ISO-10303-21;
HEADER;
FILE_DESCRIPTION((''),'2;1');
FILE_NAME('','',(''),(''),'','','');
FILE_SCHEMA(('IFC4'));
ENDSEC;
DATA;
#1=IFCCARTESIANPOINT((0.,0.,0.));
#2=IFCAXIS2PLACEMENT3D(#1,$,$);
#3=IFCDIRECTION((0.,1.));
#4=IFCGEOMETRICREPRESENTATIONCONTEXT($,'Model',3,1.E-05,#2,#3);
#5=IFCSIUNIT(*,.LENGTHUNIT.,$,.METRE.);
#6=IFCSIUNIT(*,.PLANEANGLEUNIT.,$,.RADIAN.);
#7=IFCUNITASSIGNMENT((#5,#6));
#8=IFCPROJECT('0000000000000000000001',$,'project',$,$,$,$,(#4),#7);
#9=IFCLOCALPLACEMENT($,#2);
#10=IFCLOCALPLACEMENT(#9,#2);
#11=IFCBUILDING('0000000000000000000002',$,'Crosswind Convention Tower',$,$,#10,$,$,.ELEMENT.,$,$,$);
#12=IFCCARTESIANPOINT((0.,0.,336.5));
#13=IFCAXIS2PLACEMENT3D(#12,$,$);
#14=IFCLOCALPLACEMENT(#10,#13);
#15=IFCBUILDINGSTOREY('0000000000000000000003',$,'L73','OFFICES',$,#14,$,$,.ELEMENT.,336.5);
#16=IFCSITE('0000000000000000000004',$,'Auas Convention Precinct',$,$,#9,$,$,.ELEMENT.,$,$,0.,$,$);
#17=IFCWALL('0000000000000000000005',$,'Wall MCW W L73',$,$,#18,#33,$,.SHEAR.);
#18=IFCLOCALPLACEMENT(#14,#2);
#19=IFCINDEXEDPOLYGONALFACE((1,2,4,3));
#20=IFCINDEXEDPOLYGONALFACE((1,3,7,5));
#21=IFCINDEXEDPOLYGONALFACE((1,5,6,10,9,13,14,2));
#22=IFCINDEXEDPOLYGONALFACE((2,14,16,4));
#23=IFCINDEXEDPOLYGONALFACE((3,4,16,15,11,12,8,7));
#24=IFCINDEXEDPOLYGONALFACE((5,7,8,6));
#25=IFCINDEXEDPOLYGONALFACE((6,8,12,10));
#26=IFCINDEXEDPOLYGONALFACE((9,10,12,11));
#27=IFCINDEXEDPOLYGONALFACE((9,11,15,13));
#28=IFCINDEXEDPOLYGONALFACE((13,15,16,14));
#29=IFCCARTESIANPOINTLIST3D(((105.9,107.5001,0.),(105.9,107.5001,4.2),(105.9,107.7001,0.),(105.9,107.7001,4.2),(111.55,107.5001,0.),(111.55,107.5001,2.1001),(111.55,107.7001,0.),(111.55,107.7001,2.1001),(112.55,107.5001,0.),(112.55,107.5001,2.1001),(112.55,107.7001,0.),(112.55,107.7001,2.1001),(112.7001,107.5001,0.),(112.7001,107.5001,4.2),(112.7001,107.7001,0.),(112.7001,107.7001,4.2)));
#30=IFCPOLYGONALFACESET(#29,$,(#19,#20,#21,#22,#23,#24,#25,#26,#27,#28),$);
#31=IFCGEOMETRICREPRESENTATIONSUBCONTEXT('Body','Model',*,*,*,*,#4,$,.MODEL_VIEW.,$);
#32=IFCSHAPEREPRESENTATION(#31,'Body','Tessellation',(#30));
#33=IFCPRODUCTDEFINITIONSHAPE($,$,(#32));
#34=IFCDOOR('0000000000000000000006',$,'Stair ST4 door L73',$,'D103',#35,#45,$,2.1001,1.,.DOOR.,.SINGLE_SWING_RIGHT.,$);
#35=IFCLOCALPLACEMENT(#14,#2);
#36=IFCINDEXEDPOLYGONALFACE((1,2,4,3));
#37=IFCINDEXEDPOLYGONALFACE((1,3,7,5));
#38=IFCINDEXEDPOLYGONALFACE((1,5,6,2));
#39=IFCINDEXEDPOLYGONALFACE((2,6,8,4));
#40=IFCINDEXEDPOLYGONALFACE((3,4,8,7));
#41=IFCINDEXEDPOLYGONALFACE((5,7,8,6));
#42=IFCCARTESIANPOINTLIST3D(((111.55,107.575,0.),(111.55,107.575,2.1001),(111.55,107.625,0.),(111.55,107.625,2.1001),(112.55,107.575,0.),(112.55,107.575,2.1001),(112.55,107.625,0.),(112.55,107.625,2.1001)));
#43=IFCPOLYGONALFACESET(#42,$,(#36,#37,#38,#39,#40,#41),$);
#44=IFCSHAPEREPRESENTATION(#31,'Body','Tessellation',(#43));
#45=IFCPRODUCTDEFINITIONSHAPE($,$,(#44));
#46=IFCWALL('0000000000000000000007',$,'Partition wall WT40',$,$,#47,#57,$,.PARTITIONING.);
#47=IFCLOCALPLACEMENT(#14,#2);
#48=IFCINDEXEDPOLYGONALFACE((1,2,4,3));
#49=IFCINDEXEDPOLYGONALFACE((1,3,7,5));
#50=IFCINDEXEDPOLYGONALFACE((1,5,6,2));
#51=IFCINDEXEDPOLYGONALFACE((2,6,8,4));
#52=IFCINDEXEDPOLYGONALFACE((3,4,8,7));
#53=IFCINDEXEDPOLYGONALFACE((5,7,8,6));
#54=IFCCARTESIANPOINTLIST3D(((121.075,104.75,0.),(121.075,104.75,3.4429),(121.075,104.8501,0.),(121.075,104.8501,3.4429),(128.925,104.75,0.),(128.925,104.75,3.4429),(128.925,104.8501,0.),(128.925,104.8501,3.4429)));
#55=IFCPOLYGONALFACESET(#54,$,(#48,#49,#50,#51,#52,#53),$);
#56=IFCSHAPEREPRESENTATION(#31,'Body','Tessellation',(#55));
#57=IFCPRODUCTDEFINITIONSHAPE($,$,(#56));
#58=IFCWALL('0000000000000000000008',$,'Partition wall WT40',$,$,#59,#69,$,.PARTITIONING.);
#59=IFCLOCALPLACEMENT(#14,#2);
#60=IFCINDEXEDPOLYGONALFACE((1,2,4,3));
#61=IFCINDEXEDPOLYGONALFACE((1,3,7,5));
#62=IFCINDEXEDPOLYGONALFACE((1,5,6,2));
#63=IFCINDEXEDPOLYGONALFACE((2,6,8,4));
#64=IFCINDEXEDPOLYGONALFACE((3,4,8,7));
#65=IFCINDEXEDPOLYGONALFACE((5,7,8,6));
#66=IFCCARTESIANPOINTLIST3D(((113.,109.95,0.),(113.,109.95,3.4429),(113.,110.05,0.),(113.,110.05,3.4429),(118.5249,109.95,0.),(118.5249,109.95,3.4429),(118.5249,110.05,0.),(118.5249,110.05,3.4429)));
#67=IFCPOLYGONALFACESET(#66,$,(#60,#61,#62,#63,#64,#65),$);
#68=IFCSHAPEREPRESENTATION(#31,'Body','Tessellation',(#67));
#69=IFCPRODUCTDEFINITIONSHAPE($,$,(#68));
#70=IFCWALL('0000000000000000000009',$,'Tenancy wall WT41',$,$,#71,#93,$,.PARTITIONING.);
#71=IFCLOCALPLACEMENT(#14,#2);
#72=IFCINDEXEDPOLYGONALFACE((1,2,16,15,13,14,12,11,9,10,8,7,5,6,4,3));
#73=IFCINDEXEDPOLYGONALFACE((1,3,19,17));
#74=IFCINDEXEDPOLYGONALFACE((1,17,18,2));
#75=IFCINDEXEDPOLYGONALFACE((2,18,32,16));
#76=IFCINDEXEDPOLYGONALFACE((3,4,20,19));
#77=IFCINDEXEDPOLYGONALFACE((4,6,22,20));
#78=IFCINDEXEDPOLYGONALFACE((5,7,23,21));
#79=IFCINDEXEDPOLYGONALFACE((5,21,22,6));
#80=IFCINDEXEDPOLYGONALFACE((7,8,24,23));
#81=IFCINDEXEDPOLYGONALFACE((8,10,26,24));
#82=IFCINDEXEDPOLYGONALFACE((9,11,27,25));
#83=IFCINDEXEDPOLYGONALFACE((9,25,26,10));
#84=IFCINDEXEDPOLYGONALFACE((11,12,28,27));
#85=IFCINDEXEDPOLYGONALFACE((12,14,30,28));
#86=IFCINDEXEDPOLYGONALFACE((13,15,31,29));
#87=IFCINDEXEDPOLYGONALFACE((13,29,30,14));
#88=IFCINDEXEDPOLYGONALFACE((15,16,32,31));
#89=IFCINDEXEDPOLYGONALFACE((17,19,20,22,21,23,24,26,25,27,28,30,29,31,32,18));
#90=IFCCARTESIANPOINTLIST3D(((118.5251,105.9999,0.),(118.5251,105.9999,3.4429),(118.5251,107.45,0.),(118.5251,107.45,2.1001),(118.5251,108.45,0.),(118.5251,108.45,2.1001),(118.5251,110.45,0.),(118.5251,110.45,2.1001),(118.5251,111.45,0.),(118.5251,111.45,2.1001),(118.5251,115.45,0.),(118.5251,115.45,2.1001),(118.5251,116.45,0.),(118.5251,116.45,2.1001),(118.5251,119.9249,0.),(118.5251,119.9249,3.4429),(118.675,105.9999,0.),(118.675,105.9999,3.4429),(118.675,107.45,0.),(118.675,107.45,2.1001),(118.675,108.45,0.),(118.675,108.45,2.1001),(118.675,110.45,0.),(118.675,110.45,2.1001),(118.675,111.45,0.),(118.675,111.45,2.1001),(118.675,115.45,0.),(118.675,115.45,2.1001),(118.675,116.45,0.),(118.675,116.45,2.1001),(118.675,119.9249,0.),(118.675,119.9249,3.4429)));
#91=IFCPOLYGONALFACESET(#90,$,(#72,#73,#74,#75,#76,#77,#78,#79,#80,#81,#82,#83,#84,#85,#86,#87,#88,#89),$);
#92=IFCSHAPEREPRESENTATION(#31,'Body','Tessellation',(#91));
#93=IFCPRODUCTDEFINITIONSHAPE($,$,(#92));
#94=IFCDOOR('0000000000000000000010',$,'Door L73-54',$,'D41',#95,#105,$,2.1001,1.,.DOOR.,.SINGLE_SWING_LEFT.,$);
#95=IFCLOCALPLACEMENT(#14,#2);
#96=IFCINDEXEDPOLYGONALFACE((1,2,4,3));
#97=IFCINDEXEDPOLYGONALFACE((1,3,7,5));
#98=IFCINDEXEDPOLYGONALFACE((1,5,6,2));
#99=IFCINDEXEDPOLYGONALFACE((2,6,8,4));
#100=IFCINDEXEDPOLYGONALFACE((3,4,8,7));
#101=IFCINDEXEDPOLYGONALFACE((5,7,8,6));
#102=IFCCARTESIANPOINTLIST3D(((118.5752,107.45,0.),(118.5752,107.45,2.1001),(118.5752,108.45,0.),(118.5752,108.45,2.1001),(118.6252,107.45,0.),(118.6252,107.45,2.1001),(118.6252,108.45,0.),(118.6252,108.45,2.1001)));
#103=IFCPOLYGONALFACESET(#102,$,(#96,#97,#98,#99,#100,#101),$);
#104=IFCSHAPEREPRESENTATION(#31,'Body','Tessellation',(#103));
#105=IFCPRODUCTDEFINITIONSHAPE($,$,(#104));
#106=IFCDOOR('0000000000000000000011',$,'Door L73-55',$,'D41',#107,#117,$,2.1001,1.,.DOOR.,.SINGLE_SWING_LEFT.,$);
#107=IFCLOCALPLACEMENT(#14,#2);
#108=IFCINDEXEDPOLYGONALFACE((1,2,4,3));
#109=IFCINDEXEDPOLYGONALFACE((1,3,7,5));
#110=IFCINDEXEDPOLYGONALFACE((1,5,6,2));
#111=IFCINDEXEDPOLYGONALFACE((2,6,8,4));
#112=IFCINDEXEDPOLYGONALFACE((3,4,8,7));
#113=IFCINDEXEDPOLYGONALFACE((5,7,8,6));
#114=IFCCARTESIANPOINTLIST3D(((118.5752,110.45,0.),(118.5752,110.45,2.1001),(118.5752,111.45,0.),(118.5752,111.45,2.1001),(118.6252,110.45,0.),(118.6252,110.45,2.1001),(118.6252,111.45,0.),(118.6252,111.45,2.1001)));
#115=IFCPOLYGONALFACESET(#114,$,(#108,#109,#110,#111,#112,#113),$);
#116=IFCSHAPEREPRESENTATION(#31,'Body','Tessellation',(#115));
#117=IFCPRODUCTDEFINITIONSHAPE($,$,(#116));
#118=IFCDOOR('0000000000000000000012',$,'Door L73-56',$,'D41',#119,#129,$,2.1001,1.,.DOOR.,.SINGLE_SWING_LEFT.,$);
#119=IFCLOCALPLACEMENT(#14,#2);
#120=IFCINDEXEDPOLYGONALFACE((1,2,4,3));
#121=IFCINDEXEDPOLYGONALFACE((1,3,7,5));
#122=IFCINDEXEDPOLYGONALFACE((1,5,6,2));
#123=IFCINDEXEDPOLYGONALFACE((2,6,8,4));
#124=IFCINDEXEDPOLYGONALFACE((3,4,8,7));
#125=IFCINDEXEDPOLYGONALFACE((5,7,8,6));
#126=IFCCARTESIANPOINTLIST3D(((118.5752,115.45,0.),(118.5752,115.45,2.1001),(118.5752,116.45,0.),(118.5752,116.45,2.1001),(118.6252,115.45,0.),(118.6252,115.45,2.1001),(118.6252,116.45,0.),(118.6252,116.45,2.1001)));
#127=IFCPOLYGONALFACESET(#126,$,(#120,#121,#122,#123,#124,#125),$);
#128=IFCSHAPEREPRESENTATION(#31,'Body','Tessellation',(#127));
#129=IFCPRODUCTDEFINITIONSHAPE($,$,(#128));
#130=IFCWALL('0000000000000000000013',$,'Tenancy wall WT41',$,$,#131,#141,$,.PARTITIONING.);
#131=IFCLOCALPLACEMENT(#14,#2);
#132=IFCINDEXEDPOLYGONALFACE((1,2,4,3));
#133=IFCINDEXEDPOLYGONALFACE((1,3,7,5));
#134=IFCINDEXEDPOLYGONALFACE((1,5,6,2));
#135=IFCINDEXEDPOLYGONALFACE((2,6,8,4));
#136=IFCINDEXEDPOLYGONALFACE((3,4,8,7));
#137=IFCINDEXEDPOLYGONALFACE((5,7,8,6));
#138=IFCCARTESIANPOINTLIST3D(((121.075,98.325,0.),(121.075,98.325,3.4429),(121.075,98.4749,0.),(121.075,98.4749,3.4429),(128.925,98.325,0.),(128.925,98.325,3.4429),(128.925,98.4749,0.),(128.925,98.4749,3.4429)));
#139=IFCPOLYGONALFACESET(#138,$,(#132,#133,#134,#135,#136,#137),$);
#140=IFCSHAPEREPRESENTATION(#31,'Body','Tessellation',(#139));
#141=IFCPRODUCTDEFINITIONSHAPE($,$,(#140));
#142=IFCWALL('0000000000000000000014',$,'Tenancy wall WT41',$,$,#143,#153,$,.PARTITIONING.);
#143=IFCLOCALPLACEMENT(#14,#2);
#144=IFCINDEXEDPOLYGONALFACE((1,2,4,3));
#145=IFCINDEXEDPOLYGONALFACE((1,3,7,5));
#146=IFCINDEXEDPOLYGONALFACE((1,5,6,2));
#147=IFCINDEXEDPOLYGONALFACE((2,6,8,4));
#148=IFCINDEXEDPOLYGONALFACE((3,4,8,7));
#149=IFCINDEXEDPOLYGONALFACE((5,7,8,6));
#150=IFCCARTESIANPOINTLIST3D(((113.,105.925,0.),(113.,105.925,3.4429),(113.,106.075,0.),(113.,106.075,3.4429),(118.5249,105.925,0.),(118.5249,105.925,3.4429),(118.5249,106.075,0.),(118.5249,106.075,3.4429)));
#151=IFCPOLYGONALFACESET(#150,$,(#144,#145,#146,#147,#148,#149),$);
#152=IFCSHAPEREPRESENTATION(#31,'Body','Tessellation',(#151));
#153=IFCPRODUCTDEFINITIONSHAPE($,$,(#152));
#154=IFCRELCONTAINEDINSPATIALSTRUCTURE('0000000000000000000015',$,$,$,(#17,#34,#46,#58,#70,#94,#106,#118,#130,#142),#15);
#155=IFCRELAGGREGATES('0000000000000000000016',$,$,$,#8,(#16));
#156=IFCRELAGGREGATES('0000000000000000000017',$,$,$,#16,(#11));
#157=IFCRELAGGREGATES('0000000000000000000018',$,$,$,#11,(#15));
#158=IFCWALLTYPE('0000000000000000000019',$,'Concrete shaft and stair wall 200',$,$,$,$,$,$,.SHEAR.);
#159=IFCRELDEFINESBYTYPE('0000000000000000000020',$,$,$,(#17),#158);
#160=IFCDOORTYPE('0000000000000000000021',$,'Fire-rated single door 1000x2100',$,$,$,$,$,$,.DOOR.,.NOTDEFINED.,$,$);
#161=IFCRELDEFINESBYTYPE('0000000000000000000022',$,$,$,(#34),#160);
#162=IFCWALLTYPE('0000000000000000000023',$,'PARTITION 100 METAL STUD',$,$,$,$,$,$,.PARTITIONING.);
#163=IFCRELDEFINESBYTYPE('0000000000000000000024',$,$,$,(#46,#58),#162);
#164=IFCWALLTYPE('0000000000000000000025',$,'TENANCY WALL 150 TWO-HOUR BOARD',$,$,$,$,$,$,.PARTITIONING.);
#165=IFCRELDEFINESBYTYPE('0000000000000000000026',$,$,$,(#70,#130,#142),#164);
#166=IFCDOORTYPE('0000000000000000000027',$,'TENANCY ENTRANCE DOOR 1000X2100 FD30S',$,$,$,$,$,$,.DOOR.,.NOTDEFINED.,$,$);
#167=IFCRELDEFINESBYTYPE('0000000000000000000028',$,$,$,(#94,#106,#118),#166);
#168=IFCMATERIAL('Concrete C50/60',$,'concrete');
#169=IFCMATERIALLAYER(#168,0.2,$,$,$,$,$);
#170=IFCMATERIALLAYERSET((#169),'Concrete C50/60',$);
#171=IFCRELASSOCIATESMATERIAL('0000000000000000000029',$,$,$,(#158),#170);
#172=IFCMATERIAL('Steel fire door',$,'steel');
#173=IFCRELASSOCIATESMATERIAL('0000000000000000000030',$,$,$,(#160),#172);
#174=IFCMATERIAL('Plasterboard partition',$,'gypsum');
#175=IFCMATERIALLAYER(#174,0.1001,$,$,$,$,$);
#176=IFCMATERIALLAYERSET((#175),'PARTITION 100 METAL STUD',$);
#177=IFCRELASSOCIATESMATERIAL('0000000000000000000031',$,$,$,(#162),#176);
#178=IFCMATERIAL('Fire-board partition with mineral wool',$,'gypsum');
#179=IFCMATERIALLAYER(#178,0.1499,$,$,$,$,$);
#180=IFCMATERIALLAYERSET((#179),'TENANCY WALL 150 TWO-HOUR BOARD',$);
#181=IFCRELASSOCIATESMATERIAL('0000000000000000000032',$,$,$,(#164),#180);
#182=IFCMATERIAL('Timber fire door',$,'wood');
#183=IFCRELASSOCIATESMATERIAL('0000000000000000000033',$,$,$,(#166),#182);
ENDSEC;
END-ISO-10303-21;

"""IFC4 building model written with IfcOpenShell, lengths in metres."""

from ifc_helpers import new_model, si_unit, direction, frame, frame_2d, origin, place, context, subcontext, project, spatial, rectangle, extrude, material, layer, layer_set, type_object, element, fill, save


model = new_model("IFC4")

# Units and contexts
model_context = context("Model", 3, precision=1e-05, world=origin(), true_north=direction((0.0, 1.0)))
body_context = subcontext(model_context, "Body", "Model", "MODEL_VIEW")
ifc_project = project(units=[si_unit("LENGTHUNIT", "METRE"), si_unit("PLANEANGLEUNIT", "RADIAN")], contexts=[model_context])

# Site, building, storey
site_placement = place(None, origin())
site = spatial("IfcSite", under=ifc_project, at=site_placement, Name="Auas Convention Precinct", CompositionType="ELEMENT", RefElevation=0.0)
building_placement = place(site_placement, origin())
building = spatial("IfcBuilding", under=site, at=building_placement, Name="Crosswind Convention Tower", CompositionType="ELEMENT")
storey_placement = place(building_placement, frame((0.0, 0.0, 336.5)))
storey = spatial("IfcBuildingStorey", under=building, at=storey_placement, Name="L73", Description="OFFICES", CompositionType="ELEMENT", Elevation=336.5)

# Shared definitions
ifc_material_1 = material(Name="Concrete C50/60", Category="concrete")

# Wall, opening, door
ifc_layer_1 = layer(ifc_material_1, 0.2)
ifc_layer_set_1 = layer_set([ifc_layer_1], Name="Concrete C50/60")
wall_type_1 = type_object("IfcWallType", Name="Concrete shaft and stair wall 200", PredefinedType="SHEAR", material=ifc_layer_set_1)
ifc_material_2 = material(Name="Steel fire door", Category="steel")
wall_1_placement = place(storey_placement, frame((112.7, 107.6001, 0.0), z_axis=(0.0, 0.0, 1.0), x_axis=(-1.0, 0.0, 0.0)))
wall_1 = element("IfcWall", 1, at=wall_1_placement, inside=storey, type_object=wall_type_1, Name="Wall MCW W L73", PredefinedType="SHEAR", context=body_context, shape_type="SweptSolid", body=[
    extrude(rectangle(XDim=6.8, YDim=0.2, at=frame_2d((3.3999, 0.0))), origin(), (0.0, 0.0, 1.0), 4.2),
])
opening_1_placement = place(wall_1_placement, frame((0.1499, 0.0, 0.0)))
opening_1 = element("IfcOpeningElement", 2, at=opening_1_placement, cuts=wall_1, PredefinedType="OPENING", context=body_context, shape_type="SweptSolid", body=[
    extrude(rectangle(XDim=1.0, YDim=2.1001, at=frame_2d((0.5, 1.05))), frame((0.0, 0.1099, 0.0), z_axis=(0.0, -1.0, 0.0), x_axis=(1.0, 0.0, 0.0)), (0.0, 0.0, 1.0), 0.22),
])
door_type_1 = type_object("IfcDoorType", Name="Fire-rated single door 1000x2100", OperationType="NOTDEFINED", PredefinedType="DOOR", material=ifc_material_2)
door_1_placement = place(opening_1_placement, frame((1.0, 0.0, 0.0), z_axis=(0.0, 0.0, 1.0), x_axis=(-1.0, 0.0, 0.0)))
door_1 = element("IfcDoor", 3, at=door_1_placement, inside=storey, type_object=door_type_1, Name="Stair ST4 door L73", ObjectType="D103", OperationType="SINGLE_SWING_RIGHT", OverallHeight=2.1001, OverallWidth=1.0, PredefinedType="DOOR", context=body_context, shape_type="SweptSolid", body=[
    extrude(rectangle(XDim=1.0, YDim=2.1001, at=frame_2d((0.5, 1.05))), frame((0.0, 0.0249, 0.0), z_axis=(0.0, -1.0, 0.0), x_axis=(1.0, 0.0, 0.0)), (0.0, 0.0, 1.0), 0.05),
])
fill(opening_1, door_1)

# Walls
ifc_material_3 = material(Name="Plasterboard partition", Category="gypsum")
ifc_layer_2 = layer(ifc_material_3, 0.1001)
ifc_layer_set_2 = layer_set([ifc_layer_2], Name="PARTITION 100 METAL STUD")
wall_type_2 = type_object("IfcWallType", Name="PARTITION 100 METAL STUD", PredefinedType="PARTITIONING", material=ifc_layer_set_2)
wall_2_placement = place(storey_placement, frame((121.075, 104.8, 0.0), z_axis=(0.0, 0.0, 1.0), x_axis=(1.0, 0.0, 0.0)))
element("IfcWall", 4, at=wall_2_placement, inside=storey, type_object=wall_type_2, Name="Partition wall WT40", PredefinedType="PARTITIONING", context=body_context, shape_type="SweptSolid", body=[
    extrude(rectangle(XDim=7.8501, YDim=0.1001, at=frame_2d((3.925, 0.0))), origin(), (0.0, 0.0, 1.0), 3.4429),
])
wall_3_placement = place(storey_placement, frame((113.0, 110.0, 0.0), z_axis=(0.0, 0.0, 1.0), x_axis=(1.0, 0.0, 0.0)))
element("IfcWall", 5, at=wall_3_placement, inside=storey, type_object=wall_type_2, Name="Partition wall WT40", PredefinedType="PARTITIONING", context=body_context, shape_type="SweptSolid", body=[
    extrude(rectangle(XDim=5.5249, YDim=0.1001, at=frame_2d((2.7625, 0.0))), origin(), (0.0, 0.0, 1.0), 3.4429),
])

# Wall, openings, doors
ifc_material_4 = material(Name="Fire-board partition with mineral wool", Category="gypsum")
ifc_layer_3 = layer(ifc_material_4, 0.1499)
ifc_layer_set_3 = layer_set([ifc_layer_3], Name="TENANCY WALL 150 TWO-HOUR BOARD")
wall_type_3 = type_object("IfcWallType", Name="TENANCY WALL 150 TWO-HOUR BOARD", PredefinedType="PARTITIONING", material=ifc_layer_set_3)
wall_4_placement = place(storey_placement, frame((118.6001, 106.0, 0.0), z_axis=(0.0, 0.0, 1.0), x_axis=(0.0, 1.0, 0.0)))
wall_4 = element("IfcWall", 6, at=wall_4_placement, inside=storey, type_object=wall_type_3, Name="Tenancy wall WT41", PredefinedType="PARTITIONING", context=body_context, shape_type="SweptSolid", body=[
    extrude(rectangle(XDim=13.925, YDim=0.1499, at=frame_2d((6.9624, 0.0))), origin(), (0.0, 0.0, 1.0), 3.4429),
])
opening_2_placement = place(wall_4_placement, frame((1.45, 0.0, 0.0)))
opening_2 = element("IfcOpeningElement", 7, at=opening_2_placement, cuts=wall_4, PredefinedType="OPENING", context=body_context, shape_type="SweptSolid", body=[
    extrude(rectangle(XDim=1.0, YDim=2.1001, at=frame_2d((0.5, 1.05))), frame((0.0, 0.085, 0.0), z_axis=(0.0, -1.0, 0.0), x_axis=(1.0, 0.0, 0.0)), (0.0, 0.0, 1.0), 0.1699),
])
opening_3_placement = place(wall_4_placement, frame((4.45, 0.0, 0.0)))
opening_3 = element("IfcOpeningElement", 8, at=opening_3_placement, cuts=wall_4, PredefinedType="OPENING", context=body_context, shape_type="SweptSolid", body=[
    extrude(rectangle(XDim=1.0, YDim=2.1001, at=frame_2d((0.5, 1.05))), frame((0.0, 0.085, 0.0), z_axis=(0.0, -1.0, 0.0), x_axis=(1.0, 0.0, 0.0)), (0.0, 0.0, 1.0), 0.1699),
])
opening_4_placement = place(wall_4_placement, frame((9.45, 0.0, 0.0)))
opening_4 = element("IfcOpeningElement", 9, at=opening_4_placement, cuts=wall_4, PredefinedType="OPENING", context=body_context, shape_type="SweptSolid", body=[
    extrude(rectangle(XDim=1.0, YDim=2.1001, at=frame_2d((0.5, 1.05))), frame((0.0, 0.085, 0.0), z_axis=(0.0, -1.0, 0.0), x_axis=(1.0, 0.0, 0.0)), (0.0, 0.0, 1.0), 0.1699),
])
ifc_material_5 = material(Name="Timber fire door", Category="wood")
door_type_2 = type_object("IfcDoorType", Name="TENANCY ENTRANCE DOOR 1000X2100 FD30S", OperationType="NOTDEFINED", PredefinedType="DOOR", material=ifc_material_5)
door_2_placement = place(opening_2_placement, origin())
door_2 = element("IfcDoor", 10, at=door_2_placement, inside=storey, type_object=door_type_2, Name="Door L73-54", ObjectType="D41", OperationType="SINGLE_SWING_LEFT", OverallHeight=2.1001, OverallWidth=1.0, PredefinedType="DOOR", context=body_context, shape_type="SweptSolid", body=[
    extrude(rectangle(XDim=1.0, YDim=2.1001, at=frame_2d((0.5, 1.05))), frame((0.0, 0.0249, 0.0), z_axis=(0.0, -1.0, 0.0), x_axis=(1.0, 0.0, 0.0)), (0.0, 0.0, 1.0), 0.05),
])
fill(opening_2, door_2)
door_3_placement = place(opening_3_placement, origin())
door_3 = element("IfcDoor", 11, at=door_3_placement, inside=storey, type_object=door_type_2, Name="Door L73-55", ObjectType="D41", OperationType="SINGLE_SWING_LEFT", OverallHeight=2.1001, OverallWidth=1.0, PredefinedType="DOOR", context=body_context, shape_type="SweptSolid", body=[
    extrude(rectangle(XDim=1.0, YDim=2.1001, at=frame_2d((0.5, 1.05))), frame((0.0, 0.0249, 0.0), z_axis=(0.0, -1.0, 0.0), x_axis=(1.0, 0.0, 0.0)), (0.0, 0.0, 1.0), 0.05),
])
fill(opening_3, door_3)
door_4_placement = place(opening_4_placement, origin())
door_4 = element("IfcDoor", 12, at=door_4_placement, inside=storey, type_object=door_type_2, Name="Door L73-56", ObjectType="D41", OperationType="SINGLE_SWING_LEFT", OverallHeight=2.1001, OverallWidth=1.0, PredefinedType="DOOR", context=body_context, shape_type="SweptSolid", body=[
    extrude(rectangle(XDim=1.0, YDim=2.1001, at=frame_2d((0.5, 1.05))), frame((0.0, 0.0249, 0.0), z_axis=(0.0, -1.0, 0.0), x_axis=(1.0, 0.0, 0.0)), (0.0, 0.0, 1.0), 0.05),
])
fill(opening_4, door_4)

# Walls
wall_5_placement = place(storey_placement, frame((121.075, 98.3999, 0.0), z_axis=(0.0, 0.0, 1.0), x_axis=(1.0, 0.0, 0.0)))
element("IfcWall", 13, at=wall_5_placement, inside=storey, type_object=wall_type_3, Name="Tenancy wall WT41", PredefinedType="PARTITIONING", context=body_context, shape_type="SweptSolid", body=[
    extrude(rectangle(XDim=7.8501, YDim=0.1499, at=frame_2d((3.925, 0.0))), origin(), (0.0, 0.0, 1.0), 3.4429),
])
wall_6_placement = place(storey_placement, frame((113.0, 106.0, 0.0), z_axis=(0.0, 0.0, 1.0), x_axis=(1.0, 0.0, 0.0)))
element("IfcWall", 14, at=wall_6_placement, inside=storey, type_object=wall_type_3, Name="Tenancy wall WT41", PredefinedType="PARTITIONING", context=body_context, shape_type="SweptSolid", body=[
    extrude(rectangle(XDim=5.5249, YDim=0.1499, at=frame_2d((2.7625, 0.0))), origin(), (0.0, 0.0, 1.0), 3.4429),
])

save(model, "model.ifc")
